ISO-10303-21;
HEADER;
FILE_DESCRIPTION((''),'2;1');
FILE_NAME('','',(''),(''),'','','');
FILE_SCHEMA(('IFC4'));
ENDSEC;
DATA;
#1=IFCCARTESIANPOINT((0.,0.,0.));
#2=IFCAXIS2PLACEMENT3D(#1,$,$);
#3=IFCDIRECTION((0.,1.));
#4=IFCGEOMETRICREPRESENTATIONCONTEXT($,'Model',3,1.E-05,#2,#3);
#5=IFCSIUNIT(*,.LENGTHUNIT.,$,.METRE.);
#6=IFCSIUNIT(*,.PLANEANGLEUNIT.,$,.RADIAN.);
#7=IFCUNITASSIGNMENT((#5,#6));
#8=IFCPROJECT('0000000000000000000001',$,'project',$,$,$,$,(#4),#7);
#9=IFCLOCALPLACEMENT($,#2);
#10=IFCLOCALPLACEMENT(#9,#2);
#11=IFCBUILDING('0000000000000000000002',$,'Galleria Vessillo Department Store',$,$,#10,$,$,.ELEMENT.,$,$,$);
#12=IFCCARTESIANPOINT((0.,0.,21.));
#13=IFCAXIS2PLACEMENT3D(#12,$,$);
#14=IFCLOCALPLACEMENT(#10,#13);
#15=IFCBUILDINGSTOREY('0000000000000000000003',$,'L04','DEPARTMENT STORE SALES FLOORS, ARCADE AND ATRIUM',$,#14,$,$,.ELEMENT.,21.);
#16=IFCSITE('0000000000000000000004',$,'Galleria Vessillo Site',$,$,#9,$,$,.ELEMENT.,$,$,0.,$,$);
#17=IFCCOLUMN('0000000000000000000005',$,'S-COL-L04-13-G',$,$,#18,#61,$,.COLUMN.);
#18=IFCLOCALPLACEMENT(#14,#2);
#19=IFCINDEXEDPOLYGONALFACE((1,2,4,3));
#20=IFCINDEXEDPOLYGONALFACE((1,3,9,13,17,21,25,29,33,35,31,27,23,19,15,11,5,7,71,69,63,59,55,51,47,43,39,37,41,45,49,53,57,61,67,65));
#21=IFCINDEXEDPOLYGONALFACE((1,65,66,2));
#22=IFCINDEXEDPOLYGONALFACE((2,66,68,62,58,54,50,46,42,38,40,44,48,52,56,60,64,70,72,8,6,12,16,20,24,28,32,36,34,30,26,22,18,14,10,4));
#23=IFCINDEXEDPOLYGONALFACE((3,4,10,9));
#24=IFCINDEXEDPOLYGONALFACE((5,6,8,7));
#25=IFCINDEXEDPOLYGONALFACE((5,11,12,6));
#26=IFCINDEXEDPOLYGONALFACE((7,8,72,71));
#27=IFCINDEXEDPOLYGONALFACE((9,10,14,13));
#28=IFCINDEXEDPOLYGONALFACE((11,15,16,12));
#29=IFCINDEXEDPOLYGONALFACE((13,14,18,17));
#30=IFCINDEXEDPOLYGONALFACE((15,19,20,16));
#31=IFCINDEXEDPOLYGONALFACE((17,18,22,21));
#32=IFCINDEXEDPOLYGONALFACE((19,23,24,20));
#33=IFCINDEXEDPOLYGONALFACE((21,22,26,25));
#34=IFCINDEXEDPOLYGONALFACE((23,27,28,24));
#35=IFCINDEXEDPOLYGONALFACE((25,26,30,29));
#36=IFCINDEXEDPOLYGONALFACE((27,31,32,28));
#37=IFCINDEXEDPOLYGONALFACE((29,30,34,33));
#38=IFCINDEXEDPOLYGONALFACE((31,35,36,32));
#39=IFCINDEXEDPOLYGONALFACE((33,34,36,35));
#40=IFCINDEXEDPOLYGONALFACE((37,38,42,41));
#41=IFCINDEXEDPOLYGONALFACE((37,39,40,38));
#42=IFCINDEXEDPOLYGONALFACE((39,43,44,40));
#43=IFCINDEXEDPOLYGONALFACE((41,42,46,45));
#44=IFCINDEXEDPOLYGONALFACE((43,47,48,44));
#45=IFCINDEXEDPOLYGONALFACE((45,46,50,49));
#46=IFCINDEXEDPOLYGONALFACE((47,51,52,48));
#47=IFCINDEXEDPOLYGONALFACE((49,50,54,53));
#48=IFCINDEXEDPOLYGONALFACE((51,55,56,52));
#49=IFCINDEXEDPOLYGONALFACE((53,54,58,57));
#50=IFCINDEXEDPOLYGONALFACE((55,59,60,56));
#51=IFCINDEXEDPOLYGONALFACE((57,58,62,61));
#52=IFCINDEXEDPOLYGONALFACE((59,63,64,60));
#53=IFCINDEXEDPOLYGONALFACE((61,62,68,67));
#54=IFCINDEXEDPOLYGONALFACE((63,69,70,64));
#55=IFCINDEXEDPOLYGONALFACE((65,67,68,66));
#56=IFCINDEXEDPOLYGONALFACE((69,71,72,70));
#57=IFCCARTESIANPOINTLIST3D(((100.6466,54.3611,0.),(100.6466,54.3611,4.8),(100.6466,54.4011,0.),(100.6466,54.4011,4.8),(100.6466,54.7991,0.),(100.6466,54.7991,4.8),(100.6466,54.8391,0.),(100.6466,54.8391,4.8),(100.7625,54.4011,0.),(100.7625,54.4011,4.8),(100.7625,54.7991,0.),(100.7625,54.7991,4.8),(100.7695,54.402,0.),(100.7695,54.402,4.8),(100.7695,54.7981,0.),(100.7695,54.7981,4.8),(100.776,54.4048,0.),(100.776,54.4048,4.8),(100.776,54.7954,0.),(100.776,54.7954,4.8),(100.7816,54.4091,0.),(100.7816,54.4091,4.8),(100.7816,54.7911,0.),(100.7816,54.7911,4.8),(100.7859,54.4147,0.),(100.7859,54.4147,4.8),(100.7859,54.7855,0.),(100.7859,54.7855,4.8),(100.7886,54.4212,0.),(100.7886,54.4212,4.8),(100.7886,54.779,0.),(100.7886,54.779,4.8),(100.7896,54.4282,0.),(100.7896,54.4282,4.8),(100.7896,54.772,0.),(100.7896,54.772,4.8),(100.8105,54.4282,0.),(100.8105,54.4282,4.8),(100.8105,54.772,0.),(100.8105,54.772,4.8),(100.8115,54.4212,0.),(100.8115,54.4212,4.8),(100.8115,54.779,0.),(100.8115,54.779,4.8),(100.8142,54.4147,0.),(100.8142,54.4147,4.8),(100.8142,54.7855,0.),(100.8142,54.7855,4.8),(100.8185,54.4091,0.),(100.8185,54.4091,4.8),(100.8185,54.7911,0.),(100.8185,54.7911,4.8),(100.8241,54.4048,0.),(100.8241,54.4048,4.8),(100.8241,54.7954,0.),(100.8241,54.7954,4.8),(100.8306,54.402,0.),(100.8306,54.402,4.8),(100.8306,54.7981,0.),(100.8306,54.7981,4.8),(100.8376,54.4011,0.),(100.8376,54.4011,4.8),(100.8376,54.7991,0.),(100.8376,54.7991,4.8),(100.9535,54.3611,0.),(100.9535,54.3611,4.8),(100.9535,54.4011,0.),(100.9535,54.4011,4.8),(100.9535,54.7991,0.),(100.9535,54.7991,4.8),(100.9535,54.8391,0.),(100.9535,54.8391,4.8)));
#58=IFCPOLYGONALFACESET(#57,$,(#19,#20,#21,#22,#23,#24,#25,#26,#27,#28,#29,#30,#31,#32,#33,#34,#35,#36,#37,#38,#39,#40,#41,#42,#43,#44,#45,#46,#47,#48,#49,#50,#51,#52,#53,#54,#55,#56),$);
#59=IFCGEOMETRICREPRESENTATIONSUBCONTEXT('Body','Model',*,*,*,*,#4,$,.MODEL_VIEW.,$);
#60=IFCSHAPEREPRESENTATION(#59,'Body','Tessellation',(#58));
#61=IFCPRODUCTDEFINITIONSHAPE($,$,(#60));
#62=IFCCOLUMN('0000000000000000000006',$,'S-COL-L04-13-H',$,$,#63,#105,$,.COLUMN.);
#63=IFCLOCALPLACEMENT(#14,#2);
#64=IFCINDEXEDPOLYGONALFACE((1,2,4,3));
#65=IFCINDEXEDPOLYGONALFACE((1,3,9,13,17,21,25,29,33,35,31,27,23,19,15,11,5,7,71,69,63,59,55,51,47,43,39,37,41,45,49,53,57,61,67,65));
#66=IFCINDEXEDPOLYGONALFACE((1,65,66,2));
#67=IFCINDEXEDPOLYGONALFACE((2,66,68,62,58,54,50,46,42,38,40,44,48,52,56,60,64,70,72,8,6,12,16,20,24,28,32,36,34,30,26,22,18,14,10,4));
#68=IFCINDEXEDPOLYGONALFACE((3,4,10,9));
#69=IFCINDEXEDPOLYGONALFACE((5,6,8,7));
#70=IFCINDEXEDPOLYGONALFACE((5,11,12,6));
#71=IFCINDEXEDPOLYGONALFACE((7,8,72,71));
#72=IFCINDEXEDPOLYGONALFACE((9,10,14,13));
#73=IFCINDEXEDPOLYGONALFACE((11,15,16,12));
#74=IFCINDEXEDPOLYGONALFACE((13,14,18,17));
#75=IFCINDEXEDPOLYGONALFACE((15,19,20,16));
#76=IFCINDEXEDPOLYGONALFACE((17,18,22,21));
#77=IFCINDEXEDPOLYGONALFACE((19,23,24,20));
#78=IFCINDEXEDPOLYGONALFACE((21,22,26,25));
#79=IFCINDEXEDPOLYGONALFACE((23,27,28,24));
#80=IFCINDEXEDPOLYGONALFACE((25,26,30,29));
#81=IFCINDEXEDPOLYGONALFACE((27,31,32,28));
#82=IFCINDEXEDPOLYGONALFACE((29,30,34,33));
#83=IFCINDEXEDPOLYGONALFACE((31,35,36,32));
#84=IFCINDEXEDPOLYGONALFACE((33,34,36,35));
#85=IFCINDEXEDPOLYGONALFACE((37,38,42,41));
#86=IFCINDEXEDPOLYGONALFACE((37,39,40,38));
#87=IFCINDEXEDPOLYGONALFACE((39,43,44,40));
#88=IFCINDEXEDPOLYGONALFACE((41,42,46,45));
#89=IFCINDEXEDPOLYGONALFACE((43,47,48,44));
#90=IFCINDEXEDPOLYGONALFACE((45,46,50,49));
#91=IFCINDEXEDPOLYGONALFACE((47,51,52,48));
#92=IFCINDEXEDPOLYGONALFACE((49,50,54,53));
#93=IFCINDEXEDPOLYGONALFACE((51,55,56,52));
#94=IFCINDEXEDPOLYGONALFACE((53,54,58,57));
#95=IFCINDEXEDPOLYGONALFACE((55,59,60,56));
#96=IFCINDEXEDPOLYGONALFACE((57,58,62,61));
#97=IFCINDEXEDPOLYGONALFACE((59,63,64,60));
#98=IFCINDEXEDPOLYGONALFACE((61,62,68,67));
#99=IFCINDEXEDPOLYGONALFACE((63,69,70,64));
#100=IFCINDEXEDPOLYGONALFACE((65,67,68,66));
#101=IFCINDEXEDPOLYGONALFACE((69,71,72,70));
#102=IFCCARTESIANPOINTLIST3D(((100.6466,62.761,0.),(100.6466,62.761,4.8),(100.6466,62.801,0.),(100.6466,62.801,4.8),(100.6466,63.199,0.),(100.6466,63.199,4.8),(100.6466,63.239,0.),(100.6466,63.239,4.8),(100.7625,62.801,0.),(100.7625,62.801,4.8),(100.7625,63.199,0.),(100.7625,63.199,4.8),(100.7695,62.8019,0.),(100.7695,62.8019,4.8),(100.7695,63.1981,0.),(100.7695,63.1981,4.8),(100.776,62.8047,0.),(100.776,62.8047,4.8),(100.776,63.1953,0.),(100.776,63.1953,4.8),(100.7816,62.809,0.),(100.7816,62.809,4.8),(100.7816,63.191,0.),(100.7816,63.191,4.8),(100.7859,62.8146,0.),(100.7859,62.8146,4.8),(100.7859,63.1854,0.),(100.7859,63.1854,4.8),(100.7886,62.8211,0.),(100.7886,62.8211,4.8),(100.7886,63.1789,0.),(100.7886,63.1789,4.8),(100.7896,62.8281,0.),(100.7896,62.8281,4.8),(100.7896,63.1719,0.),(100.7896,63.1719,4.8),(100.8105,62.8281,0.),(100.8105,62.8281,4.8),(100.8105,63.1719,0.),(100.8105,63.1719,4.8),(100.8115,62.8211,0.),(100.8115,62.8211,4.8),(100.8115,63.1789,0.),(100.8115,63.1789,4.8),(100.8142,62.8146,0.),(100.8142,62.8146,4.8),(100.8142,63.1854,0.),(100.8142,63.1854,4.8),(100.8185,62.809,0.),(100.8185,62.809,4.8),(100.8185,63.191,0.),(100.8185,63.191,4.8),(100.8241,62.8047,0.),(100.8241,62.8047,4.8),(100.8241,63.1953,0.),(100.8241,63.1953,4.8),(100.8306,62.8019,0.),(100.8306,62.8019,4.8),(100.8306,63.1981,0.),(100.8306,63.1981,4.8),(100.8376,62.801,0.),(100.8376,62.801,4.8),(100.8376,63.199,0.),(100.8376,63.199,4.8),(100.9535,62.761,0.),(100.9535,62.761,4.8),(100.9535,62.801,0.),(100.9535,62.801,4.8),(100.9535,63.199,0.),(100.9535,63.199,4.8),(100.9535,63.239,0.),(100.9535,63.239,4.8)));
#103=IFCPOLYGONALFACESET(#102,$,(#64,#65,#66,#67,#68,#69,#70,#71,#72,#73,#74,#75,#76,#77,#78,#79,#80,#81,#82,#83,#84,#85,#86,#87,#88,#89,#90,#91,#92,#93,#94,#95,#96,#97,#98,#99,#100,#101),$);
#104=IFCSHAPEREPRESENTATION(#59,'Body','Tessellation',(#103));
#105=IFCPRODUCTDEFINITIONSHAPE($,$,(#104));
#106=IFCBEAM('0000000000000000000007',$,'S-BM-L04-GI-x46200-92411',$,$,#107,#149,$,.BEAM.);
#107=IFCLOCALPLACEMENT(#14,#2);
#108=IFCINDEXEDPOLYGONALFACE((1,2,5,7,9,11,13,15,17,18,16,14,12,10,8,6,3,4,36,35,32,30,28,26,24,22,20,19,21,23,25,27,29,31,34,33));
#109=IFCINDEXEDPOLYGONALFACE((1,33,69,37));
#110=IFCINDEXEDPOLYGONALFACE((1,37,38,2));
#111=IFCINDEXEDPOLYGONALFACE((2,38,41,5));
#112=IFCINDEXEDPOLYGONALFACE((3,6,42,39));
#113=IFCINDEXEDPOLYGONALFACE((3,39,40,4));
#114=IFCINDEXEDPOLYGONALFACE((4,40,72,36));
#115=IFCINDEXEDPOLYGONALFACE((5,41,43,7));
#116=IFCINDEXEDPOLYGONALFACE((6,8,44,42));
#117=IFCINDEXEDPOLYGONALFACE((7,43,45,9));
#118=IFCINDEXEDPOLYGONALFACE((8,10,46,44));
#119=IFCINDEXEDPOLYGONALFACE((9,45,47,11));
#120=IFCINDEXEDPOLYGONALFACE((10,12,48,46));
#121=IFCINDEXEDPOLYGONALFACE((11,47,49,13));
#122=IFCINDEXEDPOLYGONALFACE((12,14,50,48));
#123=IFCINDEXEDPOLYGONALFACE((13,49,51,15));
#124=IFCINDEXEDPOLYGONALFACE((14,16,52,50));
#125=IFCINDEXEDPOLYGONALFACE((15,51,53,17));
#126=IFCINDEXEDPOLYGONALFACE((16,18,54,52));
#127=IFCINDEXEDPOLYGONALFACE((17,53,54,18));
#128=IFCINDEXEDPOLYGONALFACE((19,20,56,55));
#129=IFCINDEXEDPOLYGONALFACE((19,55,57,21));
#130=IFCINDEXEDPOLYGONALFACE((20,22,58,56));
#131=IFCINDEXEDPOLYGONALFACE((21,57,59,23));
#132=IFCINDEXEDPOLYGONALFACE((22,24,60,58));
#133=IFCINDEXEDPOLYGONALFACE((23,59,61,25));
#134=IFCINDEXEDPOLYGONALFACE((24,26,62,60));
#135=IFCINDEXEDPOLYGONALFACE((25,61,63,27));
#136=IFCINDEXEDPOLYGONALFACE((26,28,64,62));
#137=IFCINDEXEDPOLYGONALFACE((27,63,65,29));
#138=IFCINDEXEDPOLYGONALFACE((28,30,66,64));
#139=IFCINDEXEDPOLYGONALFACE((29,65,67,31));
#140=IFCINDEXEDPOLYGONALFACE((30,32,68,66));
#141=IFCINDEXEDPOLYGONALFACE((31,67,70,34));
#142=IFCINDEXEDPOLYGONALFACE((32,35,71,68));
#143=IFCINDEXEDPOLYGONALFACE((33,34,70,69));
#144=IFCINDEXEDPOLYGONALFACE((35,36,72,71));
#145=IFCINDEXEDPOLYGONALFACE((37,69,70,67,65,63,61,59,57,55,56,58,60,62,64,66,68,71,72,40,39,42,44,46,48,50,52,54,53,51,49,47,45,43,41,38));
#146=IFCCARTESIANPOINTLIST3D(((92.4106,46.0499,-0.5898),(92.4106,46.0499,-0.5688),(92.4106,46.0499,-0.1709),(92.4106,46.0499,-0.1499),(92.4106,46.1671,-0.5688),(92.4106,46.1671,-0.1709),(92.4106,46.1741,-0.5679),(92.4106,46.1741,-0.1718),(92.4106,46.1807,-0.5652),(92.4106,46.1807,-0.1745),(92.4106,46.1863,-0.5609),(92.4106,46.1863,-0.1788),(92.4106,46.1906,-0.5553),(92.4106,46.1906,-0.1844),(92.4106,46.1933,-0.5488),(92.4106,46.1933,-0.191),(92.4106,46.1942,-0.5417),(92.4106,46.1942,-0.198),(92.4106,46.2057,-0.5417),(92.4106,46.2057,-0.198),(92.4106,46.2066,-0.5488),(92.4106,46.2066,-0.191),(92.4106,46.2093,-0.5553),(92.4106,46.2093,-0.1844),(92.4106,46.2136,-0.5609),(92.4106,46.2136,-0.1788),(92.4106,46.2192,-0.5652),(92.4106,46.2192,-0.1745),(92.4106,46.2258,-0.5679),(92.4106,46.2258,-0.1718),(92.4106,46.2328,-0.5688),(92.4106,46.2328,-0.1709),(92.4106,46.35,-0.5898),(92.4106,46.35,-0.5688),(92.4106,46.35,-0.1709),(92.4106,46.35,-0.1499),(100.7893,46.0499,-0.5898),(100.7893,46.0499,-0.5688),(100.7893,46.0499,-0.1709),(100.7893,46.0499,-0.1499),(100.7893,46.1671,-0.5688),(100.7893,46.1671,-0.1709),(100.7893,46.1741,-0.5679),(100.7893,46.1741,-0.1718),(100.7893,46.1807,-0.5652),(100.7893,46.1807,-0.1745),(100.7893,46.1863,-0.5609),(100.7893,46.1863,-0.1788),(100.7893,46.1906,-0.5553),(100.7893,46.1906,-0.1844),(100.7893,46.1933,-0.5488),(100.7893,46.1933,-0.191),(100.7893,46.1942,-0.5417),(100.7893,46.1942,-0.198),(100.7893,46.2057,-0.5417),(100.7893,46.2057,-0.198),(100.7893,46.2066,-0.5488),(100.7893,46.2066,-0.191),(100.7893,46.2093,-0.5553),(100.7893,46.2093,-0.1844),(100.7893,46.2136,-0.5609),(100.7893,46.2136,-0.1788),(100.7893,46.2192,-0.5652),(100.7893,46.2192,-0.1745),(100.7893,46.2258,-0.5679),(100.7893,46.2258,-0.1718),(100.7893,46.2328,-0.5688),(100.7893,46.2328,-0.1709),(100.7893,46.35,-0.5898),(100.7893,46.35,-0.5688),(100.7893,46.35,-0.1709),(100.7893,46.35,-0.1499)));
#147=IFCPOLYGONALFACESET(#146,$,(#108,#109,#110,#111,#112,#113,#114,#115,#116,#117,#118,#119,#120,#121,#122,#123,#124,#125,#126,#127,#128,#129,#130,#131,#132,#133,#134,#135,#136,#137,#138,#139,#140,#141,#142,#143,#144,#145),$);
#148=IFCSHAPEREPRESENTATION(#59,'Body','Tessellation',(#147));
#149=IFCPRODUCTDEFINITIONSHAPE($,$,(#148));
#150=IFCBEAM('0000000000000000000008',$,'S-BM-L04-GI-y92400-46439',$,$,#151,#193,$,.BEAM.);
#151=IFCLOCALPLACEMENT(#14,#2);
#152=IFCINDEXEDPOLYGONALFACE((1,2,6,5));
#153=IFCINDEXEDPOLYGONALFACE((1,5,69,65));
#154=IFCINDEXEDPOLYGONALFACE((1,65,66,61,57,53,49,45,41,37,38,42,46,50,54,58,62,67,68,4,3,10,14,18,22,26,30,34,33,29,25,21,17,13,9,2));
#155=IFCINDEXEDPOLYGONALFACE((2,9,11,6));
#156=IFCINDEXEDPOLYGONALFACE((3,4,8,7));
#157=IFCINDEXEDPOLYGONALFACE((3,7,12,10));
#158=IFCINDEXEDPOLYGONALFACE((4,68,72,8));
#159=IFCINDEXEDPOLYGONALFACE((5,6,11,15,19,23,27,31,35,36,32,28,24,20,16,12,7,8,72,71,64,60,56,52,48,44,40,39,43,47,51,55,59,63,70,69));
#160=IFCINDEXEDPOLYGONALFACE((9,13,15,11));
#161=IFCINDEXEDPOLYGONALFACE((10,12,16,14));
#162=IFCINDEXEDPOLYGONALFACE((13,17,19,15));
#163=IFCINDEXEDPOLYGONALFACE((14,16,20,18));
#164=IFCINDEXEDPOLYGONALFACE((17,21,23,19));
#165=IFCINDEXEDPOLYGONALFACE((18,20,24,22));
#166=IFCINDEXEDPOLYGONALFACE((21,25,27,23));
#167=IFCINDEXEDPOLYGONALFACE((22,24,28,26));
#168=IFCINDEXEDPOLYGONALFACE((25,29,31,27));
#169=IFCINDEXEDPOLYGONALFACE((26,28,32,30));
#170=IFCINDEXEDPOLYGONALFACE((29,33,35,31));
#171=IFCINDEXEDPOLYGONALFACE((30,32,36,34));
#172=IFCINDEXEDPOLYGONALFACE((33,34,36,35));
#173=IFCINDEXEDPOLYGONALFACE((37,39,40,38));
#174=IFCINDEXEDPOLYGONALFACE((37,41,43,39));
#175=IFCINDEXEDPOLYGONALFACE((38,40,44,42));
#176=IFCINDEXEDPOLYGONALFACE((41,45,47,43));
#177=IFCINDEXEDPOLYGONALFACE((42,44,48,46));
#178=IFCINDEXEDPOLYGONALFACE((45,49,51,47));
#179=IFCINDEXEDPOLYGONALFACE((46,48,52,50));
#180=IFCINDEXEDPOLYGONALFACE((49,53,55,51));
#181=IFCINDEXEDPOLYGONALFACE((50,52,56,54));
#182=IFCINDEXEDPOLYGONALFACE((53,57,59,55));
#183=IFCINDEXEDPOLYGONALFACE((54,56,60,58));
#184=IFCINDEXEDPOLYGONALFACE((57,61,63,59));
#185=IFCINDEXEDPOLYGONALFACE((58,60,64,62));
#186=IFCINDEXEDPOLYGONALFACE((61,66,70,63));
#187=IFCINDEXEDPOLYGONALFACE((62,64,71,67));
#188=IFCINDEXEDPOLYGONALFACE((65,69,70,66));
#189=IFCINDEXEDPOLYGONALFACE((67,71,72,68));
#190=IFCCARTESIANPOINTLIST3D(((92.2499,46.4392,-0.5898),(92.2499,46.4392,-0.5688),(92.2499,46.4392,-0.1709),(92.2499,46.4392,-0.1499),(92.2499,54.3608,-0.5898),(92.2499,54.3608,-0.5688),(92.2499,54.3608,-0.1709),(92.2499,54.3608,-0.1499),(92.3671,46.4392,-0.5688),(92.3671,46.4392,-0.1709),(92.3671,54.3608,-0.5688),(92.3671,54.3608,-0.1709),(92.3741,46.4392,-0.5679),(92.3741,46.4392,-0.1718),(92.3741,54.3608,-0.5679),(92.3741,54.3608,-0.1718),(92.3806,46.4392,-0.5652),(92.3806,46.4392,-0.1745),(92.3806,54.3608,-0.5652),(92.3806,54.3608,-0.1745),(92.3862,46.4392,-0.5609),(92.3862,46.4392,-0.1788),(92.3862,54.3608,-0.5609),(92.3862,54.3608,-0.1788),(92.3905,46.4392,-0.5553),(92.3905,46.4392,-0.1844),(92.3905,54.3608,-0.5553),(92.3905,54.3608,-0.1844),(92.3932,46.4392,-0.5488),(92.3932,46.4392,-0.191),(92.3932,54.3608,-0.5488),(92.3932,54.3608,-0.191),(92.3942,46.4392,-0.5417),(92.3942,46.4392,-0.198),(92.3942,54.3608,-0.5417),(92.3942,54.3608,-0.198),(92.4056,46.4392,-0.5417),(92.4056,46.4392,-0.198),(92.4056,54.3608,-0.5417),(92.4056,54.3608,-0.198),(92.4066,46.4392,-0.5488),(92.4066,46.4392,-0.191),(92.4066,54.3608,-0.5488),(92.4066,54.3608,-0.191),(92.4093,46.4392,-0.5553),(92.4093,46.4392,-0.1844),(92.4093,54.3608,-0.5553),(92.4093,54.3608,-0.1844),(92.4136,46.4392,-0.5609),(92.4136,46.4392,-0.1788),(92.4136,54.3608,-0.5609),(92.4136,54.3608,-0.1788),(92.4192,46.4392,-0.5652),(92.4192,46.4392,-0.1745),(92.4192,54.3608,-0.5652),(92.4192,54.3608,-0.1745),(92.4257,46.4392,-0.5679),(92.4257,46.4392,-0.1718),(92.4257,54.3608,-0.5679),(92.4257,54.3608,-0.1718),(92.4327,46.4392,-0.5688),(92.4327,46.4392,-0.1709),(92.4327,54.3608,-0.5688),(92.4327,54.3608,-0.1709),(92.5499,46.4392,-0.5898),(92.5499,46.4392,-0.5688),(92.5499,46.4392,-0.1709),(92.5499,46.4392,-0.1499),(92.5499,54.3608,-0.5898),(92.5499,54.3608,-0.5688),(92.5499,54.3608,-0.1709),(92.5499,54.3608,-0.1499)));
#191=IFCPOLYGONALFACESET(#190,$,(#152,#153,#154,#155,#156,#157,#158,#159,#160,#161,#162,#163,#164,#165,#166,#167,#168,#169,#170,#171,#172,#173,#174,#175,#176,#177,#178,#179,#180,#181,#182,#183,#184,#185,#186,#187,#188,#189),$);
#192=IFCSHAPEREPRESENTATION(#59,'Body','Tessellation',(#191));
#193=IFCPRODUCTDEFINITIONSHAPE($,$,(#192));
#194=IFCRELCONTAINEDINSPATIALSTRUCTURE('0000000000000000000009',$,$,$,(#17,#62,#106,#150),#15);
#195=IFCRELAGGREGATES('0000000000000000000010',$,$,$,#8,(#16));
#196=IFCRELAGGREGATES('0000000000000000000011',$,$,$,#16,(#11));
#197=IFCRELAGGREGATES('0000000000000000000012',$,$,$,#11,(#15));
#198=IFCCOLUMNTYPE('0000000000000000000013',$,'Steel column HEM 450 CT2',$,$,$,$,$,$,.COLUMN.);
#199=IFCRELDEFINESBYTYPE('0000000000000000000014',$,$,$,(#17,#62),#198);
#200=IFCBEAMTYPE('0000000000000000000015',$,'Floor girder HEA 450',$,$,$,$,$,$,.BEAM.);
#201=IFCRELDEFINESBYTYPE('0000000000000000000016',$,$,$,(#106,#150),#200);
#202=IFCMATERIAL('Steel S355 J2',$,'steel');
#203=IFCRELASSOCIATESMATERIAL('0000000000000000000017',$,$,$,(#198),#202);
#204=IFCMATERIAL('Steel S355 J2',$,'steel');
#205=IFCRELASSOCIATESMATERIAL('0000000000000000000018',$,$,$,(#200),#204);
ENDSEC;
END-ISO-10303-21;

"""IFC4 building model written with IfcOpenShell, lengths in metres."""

from ifc_helpers import new_model, si_unit, direction, frame, origin, origin_2d, place, context, subcontext, project, spatial, i_section, extrude, material, material_profile, profile_set, type_object, element, save


model = new_model("IFC4")

# Units and contexts
model_context = context("Model", 3, precision=1e-05, world=origin(), true_north=direction((0.0, 1.0)))
body_context = subcontext(model_context, "Body", "Model", "MODEL_VIEW")
ifc_project = project(units=[si_unit("LENGTHUNIT", "METRE"), si_unit("PLANEANGLEUNIT", "RADIAN")], contexts=[model_context])

# Site, building, storey
site_placement = place(None, origin())
site = spatial("IfcSite", under=ifc_project, at=site_placement, Name="Galleria Vessillo Site", CompositionType="ELEMENT", RefElevation=0.0)
building_placement = place(site_placement, origin())
building = spatial("IfcBuilding", under=site, at=building_placement, Name="Galleria Vessillo Department Store", CompositionType="ELEMENT")
storey_placement = place(building_placement, frame((0.0, 0.0, 21.0)))
storey = spatial("IfcBuildingStorey", under=building, at=storey_placement, Name="L04", Description="DEPARTMENT STORE SALES FLOORS, ARCADE AND ATRIUM", CompositionType="ELEMENT", Elevation=21.0)

# Columns
ifc_material_1 = material(Name="Steel S355 J2", Category="steel")
ifc_material_profile_1 = material_profile(ifc_material_1, i_section(OverallWidth=0.3069, OverallDepth=0.478, WebThickness=0.021, FlangeThickness=0.04, FilletRadius=0.0271, at=origin_2d()), Name="HEM 450")
ifc_profile_set_1 = profile_set([ifc_material_profile_1], Name="Steel S355 J2")
column_type = type_object("IfcColumnType", Name="Steel column HEM 450 CT2", PredefinedType="COLUMN", material=ifc_profile_set_1)
for number, where, z_axis, x_axis, name in (
    (1, (100.8, 54.6001, 0.0), (0.0, 0.0, 1.0), (1.0, 0.0, 0.0), "S-COL-L04-13-G"),
    (2, (100.8, 63.0, 0.0), (0.0, 0.0, 1.0), (1.0, 0.0, 0.0), "S-COL-L04-13-H"),
):
    element("IfcColumn", number, at=place(storey_placement, frame(where, z_axis=z_axis, x_axis=x_axis)), inside=storey, type_object=column_type, Name=name, PredefinedType="COLUMN", context=body_context, shape_type="SweptSolid", body=[
        extrude(i_section(OverallWidth=0.3069, OverallDepth=0.478, WebThickness=0.021, FlangeThickness=0.04, FilletRadius=0.0271, at=origin_2d()), origin(), (0.0, 0.0, 1.0), 4.8),
    ])

# Beams
ifc_material_2 = material(Name="Steel S355 J2", Category="steel")
ifc_material_profile_2 = material_profile(ifc_material_2, i_section(OverallWidth=0.3, OverallDepth=0.4399, WebThickness=0.0115, FlangeThickness=0.021, FilletRadius=0.0271, at=origin_2d()), Name="HEA 450")
ifc_profile_set_2 = profile_set([ifc_material_profile_2], Name="Steel S355 J2")
beam_type_1 = type_object("IfcBeamType", Name="Floor girder HEA 450", PredefinedType="BEAM", material=ifc_profile_set_2)
beam_1_placement = place(storey_placement, frame((92.4106, 46.2, -0.3699), z_axis=(1.0, 0.0, 0.0), x_axis=(0.0, 1.0, 0.0)))
element("IfcBeam", 3, at=beam_1_placement, inside=storey, type_object=beam_type_1, Name="S-BM-L04-GI-x46200-92411", PredefinedType="BEAM", context=body_context, shape_type="SweptSolid", body=[
    extrude(i_section(OverallWidth=0.3, OverallDepth=0.4399, WebThickness=0.0115, FlangeThickness=0.021, FilletRadius=0.0271, at=origin_2d()), origin(), (0.0, 0.0, 1.0), 8.3787),
])
beam_2_placement = place(storey_placement, frame((92.3999, 46.4392, -0.3699), z_axis=(0.0, 1.0, 0.0), x_axis=(-1.0, 0.0, 0.0)))
element("IfcBeam", 4, at=beam_2_placement, inside=storey, type_object=beam_type_1, Name="S-BM-L04-GI-y92400-46439", PredefinedType="BEAM", context=body_context, shape_type="SweptSolid", body=[
    extrude(i_section(OverallWidth=0.3, OverallDepth=0.4399, WebThickness=0.0115, FlangeThickness=0.021, FilletRadius=0.0271, at=origin_2d()), origin(), (0.0, 0.0, 1.0), 7.9216),
])

save(model, "model.ifc")
